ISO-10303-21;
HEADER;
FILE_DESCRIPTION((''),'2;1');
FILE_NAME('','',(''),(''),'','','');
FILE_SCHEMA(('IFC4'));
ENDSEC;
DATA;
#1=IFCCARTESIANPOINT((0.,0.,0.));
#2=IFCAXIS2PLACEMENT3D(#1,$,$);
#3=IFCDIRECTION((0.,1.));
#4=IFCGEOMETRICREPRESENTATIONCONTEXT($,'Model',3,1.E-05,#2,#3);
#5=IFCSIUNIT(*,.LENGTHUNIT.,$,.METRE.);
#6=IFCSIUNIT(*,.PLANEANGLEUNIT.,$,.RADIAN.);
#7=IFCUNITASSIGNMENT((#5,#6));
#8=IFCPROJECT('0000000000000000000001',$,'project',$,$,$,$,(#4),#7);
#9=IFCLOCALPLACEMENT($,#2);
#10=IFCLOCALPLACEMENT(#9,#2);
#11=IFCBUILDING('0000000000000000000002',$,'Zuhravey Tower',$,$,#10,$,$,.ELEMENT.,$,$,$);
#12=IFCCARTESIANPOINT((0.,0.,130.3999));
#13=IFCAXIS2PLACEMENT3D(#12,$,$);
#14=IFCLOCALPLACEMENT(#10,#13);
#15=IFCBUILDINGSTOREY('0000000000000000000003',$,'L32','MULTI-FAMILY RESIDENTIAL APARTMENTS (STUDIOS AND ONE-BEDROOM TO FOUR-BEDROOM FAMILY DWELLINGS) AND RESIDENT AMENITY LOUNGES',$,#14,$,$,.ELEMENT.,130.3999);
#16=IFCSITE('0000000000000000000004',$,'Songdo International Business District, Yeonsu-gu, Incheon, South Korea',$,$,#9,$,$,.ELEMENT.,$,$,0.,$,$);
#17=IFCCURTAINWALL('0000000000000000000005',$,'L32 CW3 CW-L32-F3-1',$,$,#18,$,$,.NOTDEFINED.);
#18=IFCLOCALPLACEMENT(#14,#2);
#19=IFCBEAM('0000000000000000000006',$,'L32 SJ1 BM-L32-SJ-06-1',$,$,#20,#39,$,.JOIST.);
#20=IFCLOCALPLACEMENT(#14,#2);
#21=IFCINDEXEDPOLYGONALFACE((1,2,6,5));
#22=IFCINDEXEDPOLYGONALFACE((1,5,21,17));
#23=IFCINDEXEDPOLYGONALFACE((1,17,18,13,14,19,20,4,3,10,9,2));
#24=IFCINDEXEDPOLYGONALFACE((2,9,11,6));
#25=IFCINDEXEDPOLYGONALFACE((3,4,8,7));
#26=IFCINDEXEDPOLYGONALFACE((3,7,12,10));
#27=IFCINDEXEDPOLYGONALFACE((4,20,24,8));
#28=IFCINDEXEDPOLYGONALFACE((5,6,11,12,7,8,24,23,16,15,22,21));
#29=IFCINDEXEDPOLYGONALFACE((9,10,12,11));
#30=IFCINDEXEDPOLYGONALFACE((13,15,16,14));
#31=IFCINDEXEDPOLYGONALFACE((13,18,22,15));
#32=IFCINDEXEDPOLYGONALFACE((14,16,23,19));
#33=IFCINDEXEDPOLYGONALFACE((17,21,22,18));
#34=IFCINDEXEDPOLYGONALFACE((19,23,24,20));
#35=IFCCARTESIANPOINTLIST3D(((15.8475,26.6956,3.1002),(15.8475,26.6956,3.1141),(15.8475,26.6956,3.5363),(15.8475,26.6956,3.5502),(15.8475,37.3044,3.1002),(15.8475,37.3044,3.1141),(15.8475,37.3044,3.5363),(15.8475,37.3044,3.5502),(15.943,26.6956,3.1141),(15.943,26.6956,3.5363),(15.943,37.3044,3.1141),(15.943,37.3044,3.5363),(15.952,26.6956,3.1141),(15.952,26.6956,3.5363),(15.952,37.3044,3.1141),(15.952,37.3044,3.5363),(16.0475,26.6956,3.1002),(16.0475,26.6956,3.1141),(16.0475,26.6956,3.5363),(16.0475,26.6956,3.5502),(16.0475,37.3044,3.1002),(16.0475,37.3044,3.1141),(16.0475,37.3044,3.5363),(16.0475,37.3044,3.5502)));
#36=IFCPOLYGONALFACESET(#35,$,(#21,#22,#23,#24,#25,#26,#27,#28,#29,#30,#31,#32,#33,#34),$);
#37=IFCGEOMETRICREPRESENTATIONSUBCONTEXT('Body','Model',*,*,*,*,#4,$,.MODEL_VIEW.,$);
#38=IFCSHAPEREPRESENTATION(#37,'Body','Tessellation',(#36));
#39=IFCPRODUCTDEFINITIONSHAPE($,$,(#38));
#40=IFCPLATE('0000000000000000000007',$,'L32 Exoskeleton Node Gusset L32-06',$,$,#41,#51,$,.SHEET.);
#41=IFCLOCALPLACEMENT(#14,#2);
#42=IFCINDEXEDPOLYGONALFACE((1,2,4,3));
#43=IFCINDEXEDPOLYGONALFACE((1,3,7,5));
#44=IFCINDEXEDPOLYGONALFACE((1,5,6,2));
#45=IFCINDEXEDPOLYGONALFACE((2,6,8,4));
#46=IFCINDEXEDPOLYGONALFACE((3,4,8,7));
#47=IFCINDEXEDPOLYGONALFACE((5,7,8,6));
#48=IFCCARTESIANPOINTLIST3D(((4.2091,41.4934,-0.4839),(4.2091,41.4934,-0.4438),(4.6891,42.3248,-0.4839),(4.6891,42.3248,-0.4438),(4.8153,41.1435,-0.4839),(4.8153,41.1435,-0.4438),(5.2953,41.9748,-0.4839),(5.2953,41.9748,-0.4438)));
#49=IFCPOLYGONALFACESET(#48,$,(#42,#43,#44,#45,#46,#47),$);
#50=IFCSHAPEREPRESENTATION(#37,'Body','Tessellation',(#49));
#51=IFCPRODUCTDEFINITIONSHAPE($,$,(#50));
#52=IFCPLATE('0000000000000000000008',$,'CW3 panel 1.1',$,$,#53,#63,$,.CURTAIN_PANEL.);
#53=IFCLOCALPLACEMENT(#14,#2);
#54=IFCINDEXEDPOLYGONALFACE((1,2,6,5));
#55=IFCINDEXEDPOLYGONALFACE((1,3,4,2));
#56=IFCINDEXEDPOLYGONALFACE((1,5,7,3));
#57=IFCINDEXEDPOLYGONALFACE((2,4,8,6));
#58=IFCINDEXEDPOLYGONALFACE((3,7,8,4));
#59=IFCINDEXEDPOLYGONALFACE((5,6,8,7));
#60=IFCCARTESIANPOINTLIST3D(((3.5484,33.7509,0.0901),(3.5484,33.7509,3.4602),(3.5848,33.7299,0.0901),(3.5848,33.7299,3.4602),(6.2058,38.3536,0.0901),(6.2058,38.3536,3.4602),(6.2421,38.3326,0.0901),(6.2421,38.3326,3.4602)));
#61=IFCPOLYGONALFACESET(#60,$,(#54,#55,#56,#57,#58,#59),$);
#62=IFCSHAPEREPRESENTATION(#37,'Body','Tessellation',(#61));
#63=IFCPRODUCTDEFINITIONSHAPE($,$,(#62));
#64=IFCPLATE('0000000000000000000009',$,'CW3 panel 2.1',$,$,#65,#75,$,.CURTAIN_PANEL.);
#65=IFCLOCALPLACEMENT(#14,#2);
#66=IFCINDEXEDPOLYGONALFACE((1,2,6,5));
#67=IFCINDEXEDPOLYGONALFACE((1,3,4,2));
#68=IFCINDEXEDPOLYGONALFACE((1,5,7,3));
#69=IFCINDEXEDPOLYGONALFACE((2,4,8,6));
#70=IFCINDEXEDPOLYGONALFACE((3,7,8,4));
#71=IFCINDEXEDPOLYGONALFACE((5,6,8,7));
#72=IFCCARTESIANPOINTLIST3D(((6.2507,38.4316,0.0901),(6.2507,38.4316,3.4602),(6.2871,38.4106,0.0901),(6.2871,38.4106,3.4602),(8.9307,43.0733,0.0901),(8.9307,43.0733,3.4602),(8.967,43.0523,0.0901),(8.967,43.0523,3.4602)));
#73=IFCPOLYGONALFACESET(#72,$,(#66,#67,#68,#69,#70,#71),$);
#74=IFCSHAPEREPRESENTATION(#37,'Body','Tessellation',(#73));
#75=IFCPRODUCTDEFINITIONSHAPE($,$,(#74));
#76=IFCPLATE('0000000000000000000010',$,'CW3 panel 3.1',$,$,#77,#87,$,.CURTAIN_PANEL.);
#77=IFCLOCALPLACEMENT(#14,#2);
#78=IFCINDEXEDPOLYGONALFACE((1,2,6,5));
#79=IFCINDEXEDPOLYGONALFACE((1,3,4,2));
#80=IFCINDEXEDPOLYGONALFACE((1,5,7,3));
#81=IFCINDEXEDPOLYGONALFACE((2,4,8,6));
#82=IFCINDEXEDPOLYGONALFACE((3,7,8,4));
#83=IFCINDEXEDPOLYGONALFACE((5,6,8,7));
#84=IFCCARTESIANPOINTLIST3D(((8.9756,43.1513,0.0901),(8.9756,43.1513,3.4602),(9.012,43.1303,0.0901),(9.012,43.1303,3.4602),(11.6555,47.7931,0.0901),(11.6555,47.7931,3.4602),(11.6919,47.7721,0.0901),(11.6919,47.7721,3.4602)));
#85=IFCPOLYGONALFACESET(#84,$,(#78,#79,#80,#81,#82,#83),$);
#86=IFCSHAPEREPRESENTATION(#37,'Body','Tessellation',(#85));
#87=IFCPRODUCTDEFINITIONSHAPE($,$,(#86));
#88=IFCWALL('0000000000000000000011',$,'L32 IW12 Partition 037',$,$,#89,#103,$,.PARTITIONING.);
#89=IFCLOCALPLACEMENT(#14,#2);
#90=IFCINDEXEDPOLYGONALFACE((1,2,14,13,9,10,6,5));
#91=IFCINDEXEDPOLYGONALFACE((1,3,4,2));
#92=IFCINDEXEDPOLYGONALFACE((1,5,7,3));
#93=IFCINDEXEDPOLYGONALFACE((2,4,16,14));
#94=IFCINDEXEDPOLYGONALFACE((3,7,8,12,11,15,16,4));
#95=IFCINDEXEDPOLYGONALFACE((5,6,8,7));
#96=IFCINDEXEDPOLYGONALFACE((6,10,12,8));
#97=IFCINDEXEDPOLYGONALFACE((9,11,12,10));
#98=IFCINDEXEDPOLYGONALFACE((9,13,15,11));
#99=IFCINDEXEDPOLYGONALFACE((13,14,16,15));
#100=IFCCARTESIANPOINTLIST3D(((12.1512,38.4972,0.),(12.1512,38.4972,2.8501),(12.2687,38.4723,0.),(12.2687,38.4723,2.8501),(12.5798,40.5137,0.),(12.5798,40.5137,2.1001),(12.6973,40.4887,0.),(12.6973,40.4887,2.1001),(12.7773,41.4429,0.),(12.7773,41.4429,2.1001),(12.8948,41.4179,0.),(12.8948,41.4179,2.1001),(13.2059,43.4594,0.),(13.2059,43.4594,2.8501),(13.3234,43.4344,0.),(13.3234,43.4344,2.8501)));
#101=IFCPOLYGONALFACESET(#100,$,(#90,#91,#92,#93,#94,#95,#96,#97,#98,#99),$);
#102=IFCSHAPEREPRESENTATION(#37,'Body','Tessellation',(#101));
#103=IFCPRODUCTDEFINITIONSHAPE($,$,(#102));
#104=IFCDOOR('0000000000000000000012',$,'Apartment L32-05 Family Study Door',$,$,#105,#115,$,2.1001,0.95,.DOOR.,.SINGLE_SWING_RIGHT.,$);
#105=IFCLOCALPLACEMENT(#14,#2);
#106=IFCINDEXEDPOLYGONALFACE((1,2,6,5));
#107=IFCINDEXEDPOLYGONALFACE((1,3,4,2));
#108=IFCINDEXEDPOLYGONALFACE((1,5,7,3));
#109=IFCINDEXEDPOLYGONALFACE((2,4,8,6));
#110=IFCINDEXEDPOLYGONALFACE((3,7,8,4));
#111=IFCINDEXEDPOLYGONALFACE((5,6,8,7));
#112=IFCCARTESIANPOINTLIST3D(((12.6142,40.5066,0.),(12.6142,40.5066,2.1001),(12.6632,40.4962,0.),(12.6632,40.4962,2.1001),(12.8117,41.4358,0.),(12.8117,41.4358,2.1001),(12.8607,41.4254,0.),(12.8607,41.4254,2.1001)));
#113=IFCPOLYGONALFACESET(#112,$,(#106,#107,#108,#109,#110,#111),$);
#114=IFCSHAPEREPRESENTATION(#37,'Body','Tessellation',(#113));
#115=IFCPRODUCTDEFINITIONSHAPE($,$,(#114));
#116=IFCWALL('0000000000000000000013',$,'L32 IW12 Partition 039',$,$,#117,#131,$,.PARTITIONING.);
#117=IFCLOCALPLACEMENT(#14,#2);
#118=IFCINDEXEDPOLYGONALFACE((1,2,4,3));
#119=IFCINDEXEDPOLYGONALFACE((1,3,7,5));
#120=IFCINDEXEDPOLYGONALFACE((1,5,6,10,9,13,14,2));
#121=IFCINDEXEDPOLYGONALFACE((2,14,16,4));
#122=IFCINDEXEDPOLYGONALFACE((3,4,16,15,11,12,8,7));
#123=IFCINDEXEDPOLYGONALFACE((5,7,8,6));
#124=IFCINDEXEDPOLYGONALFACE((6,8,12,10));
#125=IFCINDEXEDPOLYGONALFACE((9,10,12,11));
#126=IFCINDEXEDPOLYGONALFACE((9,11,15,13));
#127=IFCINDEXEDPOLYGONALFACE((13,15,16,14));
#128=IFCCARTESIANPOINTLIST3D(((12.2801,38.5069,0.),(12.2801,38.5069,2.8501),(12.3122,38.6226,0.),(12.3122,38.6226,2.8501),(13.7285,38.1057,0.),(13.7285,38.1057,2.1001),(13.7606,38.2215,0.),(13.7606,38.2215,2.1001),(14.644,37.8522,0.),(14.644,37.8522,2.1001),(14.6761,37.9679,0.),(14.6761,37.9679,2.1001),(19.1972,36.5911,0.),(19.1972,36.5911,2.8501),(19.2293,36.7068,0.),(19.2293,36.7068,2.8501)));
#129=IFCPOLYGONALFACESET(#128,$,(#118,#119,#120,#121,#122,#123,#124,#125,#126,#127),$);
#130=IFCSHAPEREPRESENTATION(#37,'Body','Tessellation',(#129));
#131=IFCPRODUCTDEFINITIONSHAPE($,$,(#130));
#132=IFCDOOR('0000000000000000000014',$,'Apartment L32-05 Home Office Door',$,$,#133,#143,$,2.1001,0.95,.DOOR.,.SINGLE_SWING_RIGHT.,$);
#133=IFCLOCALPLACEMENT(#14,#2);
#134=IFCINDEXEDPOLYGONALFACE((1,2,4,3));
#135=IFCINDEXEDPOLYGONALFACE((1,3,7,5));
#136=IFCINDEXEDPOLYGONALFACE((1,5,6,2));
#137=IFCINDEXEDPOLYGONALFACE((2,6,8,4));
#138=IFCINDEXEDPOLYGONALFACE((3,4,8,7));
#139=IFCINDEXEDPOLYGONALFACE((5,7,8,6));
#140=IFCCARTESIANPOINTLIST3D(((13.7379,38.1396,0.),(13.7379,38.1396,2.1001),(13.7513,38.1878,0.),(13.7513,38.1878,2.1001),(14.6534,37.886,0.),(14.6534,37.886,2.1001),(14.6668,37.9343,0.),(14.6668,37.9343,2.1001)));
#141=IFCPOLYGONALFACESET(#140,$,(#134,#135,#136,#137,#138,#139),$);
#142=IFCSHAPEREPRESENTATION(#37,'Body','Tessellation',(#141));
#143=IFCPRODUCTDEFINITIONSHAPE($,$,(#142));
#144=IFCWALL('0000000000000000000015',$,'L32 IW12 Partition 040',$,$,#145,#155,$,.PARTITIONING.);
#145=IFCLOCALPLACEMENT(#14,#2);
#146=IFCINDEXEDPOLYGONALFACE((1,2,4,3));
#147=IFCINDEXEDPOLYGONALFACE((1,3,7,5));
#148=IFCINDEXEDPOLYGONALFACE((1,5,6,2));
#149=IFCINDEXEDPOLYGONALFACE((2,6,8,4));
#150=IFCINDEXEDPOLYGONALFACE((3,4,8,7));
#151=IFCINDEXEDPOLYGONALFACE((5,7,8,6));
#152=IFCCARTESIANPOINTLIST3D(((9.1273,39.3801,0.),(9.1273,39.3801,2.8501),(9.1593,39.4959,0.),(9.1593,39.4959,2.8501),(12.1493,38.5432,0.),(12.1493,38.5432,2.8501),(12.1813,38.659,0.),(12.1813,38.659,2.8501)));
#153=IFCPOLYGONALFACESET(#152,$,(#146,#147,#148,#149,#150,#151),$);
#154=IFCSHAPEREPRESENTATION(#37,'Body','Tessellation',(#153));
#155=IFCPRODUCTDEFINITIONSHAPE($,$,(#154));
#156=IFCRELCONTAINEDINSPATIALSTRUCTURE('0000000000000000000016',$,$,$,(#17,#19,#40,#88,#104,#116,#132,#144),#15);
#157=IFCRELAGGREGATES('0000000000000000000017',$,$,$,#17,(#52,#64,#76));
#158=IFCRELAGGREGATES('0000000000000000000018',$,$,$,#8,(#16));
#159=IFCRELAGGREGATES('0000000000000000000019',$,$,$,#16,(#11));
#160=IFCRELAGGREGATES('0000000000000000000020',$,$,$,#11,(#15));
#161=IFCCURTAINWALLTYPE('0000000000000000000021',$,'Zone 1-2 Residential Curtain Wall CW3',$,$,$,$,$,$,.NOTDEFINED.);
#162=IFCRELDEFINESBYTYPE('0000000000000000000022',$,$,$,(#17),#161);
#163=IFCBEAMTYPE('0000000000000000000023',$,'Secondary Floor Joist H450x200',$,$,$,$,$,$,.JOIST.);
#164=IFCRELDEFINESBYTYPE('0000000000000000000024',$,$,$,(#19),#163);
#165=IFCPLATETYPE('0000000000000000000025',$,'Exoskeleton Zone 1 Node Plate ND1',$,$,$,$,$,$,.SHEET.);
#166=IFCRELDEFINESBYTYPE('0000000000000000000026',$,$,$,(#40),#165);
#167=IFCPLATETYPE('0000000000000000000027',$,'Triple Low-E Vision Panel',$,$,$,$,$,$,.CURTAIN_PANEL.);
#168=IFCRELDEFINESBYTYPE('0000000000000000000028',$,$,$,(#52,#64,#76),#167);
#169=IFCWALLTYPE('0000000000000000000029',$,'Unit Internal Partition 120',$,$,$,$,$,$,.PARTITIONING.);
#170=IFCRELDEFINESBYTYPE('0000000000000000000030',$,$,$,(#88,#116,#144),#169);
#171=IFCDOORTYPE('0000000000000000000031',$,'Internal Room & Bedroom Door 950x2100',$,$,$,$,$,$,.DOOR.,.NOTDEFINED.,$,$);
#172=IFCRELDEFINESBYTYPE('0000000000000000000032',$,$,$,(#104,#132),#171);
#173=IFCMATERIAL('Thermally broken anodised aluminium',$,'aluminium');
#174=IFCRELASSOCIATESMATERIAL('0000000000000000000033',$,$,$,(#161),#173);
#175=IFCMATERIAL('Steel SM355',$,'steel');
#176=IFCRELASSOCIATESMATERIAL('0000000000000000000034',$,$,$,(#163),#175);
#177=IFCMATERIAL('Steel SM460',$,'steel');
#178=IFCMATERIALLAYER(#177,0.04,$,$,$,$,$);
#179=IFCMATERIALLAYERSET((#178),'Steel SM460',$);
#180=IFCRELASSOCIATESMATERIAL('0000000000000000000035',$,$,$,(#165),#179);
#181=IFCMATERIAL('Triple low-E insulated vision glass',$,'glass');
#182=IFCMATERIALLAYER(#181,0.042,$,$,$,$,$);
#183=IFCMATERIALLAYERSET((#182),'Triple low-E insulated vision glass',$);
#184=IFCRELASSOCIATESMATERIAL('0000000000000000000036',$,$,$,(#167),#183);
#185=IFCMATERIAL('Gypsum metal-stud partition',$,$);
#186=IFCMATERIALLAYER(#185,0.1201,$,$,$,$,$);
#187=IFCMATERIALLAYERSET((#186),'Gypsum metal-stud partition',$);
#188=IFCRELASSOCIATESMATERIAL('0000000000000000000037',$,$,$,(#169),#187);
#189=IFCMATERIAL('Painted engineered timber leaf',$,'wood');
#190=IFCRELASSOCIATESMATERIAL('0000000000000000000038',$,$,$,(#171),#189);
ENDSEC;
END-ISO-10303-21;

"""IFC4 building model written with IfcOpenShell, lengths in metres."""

from ifc_helpers import new_model, si_unit, direction, frame, frame_2d, origin, origin_2d, place, context, subcontext, project, spatial, rectangle, i_section, extrude, material, layer, layer_set, material_profile, profile_set, type_object, element, fill, aggregate, save


model = new_model("IFC4")

# Units and contexts
model_context = context("Model", 3, precision=1e-05, world=origin(), true_north=direction((0.0, 1.0)))
body_context = subcontext(model_context, "Body", "Model", "MODEL_VIEW")
ifc_project = project(units=[si_unit("LENGTHUNIT", "METRE"), si_unit("PLANEANGLEUNIT", "RADIAN")], contexts=[model_context])

# Site, building, storey
site_placement = place(None, origin())
site = spatial("IfcSite", under=ifc_project, at=site_placement, Name="Songdo International Business District, Yeonsu-gu, Incheon, South Korea", CompositionType="ELEMENT", RefElevation=0.0)
building_placement = place(site_placement, origin())
building = spatial("IfcBuilding", under=site, at=building_placement, Name="Zuhravey Tower", CompositionType="ELEMENT")
storey_placement = place(building_placement, frame((0.0, 0.0, 130.3999)))
storey = spatial("IfcBuildingStorey", under=building, at=storey_placement, Name="L32", Description="MULTI-FAMILY RESIDENTIAL APARTMENTS (STUDIOS AND ONE-BEDROOM TO FOUR-BEDROOM FAMILY DWELLINGS) AND RESIDENT AMENITY LOUNGES", CompositionType="ELEMENT", Elevation=130.3999)

# Curtain wall
ifc_material_1 = material(Name="Thermally broken anodised aluminium", Category="aluminium")
curtain_wall_type = type_object("IfcCurtainWallType", Name="Zone 1-2 Residential Curtain Wall CW3", PredefinedType="NOTDEFINED", material=ifc_material_1)
curtain_wall_placement = place(storey_placement, origin())
curtain_wall = element("IfcCurtainWall", 1, at=curtain_wall_placement, inside=storey, type_object=curtain_wall_type, Name="L32 CW3 CW-L32-F3-1", PredefinedType="NOTDEFINED")

# Shared definitions
ifc_material_2 = material(Name="Steel SM460", Category="steel")

# Beam
ifc_material_3 = material(Name="Steel SM355", Category="steel")
ifc_material_profile_1 = material_profile(ifc_material_3, i_section(OverallWidth=0.2, OverallDepth=0.45, WebThickness=0.009, FlangeThickness=0.0139, at=origin_2d()), Name="H-450x200x9x14")
ifc_profile_set_1 = profile_set([ifc_material_profile_1], Name="Steel SM355")
beam_type_1 = type_object("IfcBeamType", Name="Secondary Floor Joist H450x200", PredefinedType="JOIST", material=ifc_profile_set_1)
beam_1_placement = place(storey_placement, frame((15.9475, 37.3044, 3.3252), z_axis=(0.0, -1.0, 0.0), x_axis=(1.0, 0.0, 0.0)))
element("IfcBeam", 2, at=beam_1_placement, inside=storey, type_object=beam_type_1, Name="L32 SJ1 BM-L32-SJ-06-1", PredefinedType="JOIST", context=body_context, shape_type="SweptSolid", body=[
    extrude(i_section(OverallWidth=0.2, OverallDepth=0.45, WebThickness=0.009, FlangeThickness=0.0139, at=origin_2d()), origin(), (0.0, 0.0, 1.0), 10.6089),
])

# Plates
ifc_layer_1 = layer(ifc_material_2, 0.04)
ifc_layer_set_1 = layer_set([ifc_layer_1], Name="Steel SM460")
plate_type_1 = type_object("IfcPlateType", Name="Exoskeleton Zone 1 Node Plate ND1", PredefinedType="SHEET", material=ifc_layer_set_1)
plate_1_placement = place(storey_placement, frame((4.7522, 41.7341, -0.4839), z_axis=(0.0, 0.0, 1.0), x_axis=(-0.5, -0.866025, 0.0)))
element("IfcPlate", 3, at=plate_1_placement, inside=storey, type_object=plate_type_1, Name="L32 Exoskeleton Node Gusset L32-06", PredefinedType="SHEET", context=body_context, shape_type="SweptSolid", body=[
    extrude(rectangle(XDim=0.96, YDim=0.7, at=origin_2d()), origin(), (0.0, 0.0, 1.0), 0.04),
])
ifc_material_4 = material(Name="Triple low-E insulated vision glass", Category="glass")
ifc_layer_2 = layer(ifc_material_4, 0.042)
ifc_layer_set_2 = layer_set([ifc_layer_2], Name="Triple low-E insulated vision glass")
plate_type_2 = type_object("IfcPlateType", Name="Triple Low-E Vision Panel", PredefinedType="CURTAIN_PANEL", material=ifc_layer_set_2)
plate_2_placement = place(storey_placement, frame((4.8953, 36.0417, 0.0901), z_axis=(0.0, 0.0, 1.0), x_axis=(0.5, 0.866025, 0.0)))
plate_2 = element("IfcPlate", 4, at=plate_2_placement, type_object=plate_type_2, Name="CW3 panel 1.1", PredefinedType="CURTAIN_PANEL", context=body_context, shape_type="SweptSolid", body=[
    extrude(rectangle(XDim=5.3147, YDim=0.042, at=origin_2d()), origin(), (0.0, 0.0, 1.0), 3.3701),
])
plate_3_placement = place(storey_placement, frame((7.6089, 40.7419, 0.0901), z_axis=(0.0, 0.0, 1.0), x_axis=(0.5, 0.866025, 0.0)))
plate_3 = element("IfcPlate", 5, at=plate_3_placement, type_object=plate_type_2, Name="CW3 panel 2.1", PredefinedType="CURTAIN_PANEL", context=body_context, shape_type="SweptSolid", body=[
    extrude(rectangle(XDim=5.3599, YDim=0.042, at=origin_2d()), origin(), (0.0, 0.0, 1.0), 3.3701),
])
plate_4_placement = place(storey_placement, frame((10.3337, 45.4617, 0.0901), z_axis=(0.0, 0.0, 1.0), x_axis=(0.5, 0.866025, 0.0)))
plate_4 = element("IfcPlate", 6, at=plate_4_placement, type_object=plate_type_2, Name="CW3 panel 3.1", PredefinedType="CURTAIN_PANEL", context=body_context, shape_type="SweptSolid", body=[
    extrude(rectangle(XDim=5.3599, YDim=0.042, at=origin_2d()), origin(), (0.0, 0.0, 1.0), 3.3701),
])
aggregate(curtain_wall, [plate_2, plate_3, plate_4])

# Walls, openings, doors
ifc_material_5 = material(Name="Gypsum metal-stud partition")
ifc_layer_3 = layer(ifc_material_5, 0.1201)
ifc_layer_set_3 = layer_set([ifc_layer_3], Name="Gypsum metal-stud partition")
wall_type = type_object("IfcWallType", Name="Unit Internal Partition 120", PredefinedType="PARTITIONING", material=ifc_layer_set_3)
wall_1_placement = place(storey_placement, frame((13.2646, 43.447, 0.0), z_axis=(0.0, 0.0, 1.0), x_axis=(-0.207902, -0.97815, 0.0)))
wall_1 = element("IfcWall", 7, at=wall_1_placement, inside=storey, type_object=wall_type, Name="L32 IW12 Partition 037", PredefinedType="PARTITIONING", context=body_context, shape_type="SweptSolid", body=[
    extrude(rectangle(XDim=5.073, YDim=0.1201, at=frame_2d((2.5366, 0.0))), origin(), (0.0, 0.0, 1.0), 2.8501),
])
opening_1_placement = place(wall_1_placement, frame((2.0615, 0.0, 0.0)))
opening_1 = element("IfcOpeningElement", 8, at=opening_1_placement, cuts=wall_1, PredefinedType="OPENING", context=body_context, shape_type="SweptSolid", body=[
    extrude(rectangle(XDim=0.95, YDim=2.1001, at=frame_2d((0.4751, 1.05))), frame((0.0, 0.072, 0.0), z_axis=(0.0, -1.0, 0.0), x_axis=(1.0, 0.0, 0.0)), (0.0, 0.0, 1.0), 0.144),
])
ifc_material_6 = material(Name="Painted engineered timber leaf", Category="wood")
door_type = type_object("IfcDoorType", Name="Internal Room & Bedroom Door 950x2100", OperationType="NOTDEFINED", PredefinedType="DOOR", material=ifc_material_6)
door_1_placement = place(opening_1_placement, frame((0.95, 0.0, 0.0), z_axis=(0.0, 0.0, 1.0), x_axis=(-1.0, 0.0, 0.0)))
door_1 = element("IfcDoor", 9, at=door_1_placement, inside=storey, type_object=door_type, Name="Apartment L32-05 Family Study Door", OperationType="SINGLE_SWING_RIGHT", OverallHeight=2.1001, OverallWidth=0.95, PredefinedType="DOOR", context=body_context, shape_type="SweptSolid", body=[
    extrude(rectangle(XDim=0.95, YDim=2.1001, at=frame_2d((0.4751, 1.05))), frame((0.0, 0.0249, 0.0), z_axis=(0.0, -1.0, 0.0), x_axis=(1.0, 0.0, 0.0)), (0.0, 0.0, 1.0), 0.05),
])
fill(opening_1, door_1)
wall_2_placement = place(storey_placement, frame((19.2134, 36.6489, 0.0), z_axis=(0.0, 0.0, 1.0), x_axis=(-0.963719, 0.266917, 0.0)))
wall_2 = element("IfcWall", 10, at=wall_2_placement, inside=storey, type_object=wall_type, Name="L32 IW12 Partition 039", PredefinedType="PARTITIONING", context=body_context, shape_type="SweptSolid", body=[
    extrude(rectangle(XDim=7.1775, YDim=0.1201, at=frame_2d((3.5889, 0.0))), origin(), (0.0, 0.0, 1.0), 2.8501),
])
opening_2_placement = place(wall_2_placement, frame((4.7246, 0.0, 0.0)))
opening_2 = element("IfcOpeningElement", 11, at=opening_2_placement, cuts=wall_2, PredefinedType="OPENING", context=body_context, shape_type="SweptSolid", body=[
    extrude(rectangle(XDim=0.95, YDim=2.1001, at=frame_2d((0.4751, 1.05))), frame((0.0, 0.072, 0.0), z_axis=(0.0, -1.0, 0.0), x_axis=(1.0, 0.0, 0.0)), (0.0, 0.0, 1.0), 0.144),
])
door_2_placement = place(opening_2_placement, origin())
door_2 = element("IfcDoor", 12, at=door_2_placement, inside=storey, type_object=door_type, Name="Apartment L32-05 Home Office Door", OperationType="SINGLE_SWING_RIGHT", OverallHeight=2.1001, OverallWidth=0.95, PredefinedType="DOOR", context=body_context, shape_type="SweptSolid", body=[
    extrude(rectangle(XDim=0.95, YDim=2.1001, at=frame_2d((0.4751, 1.05))), frame((0.0, 0.0249, 0.0), z_axis=(0.0, -1.0, 0.0), x_axis=(1.0, 0.0, 0.0)), (0.0, 0.0, 1.0), 0.05),
])
fill(opening_2, door_2)

# Wall
wall_3_placement = place(storey_placement, frame((12.1653, 38.6011, 0.0), z_axis=(0.0, 0.0, 1.0), x_axis=(-0.963725, 0.266897, 0.0)))
element("IfcWall", 13, at=wall_3_placement, inside=storey, type_object=wall_type, Name="L32 IW12 Partition 040", PredefinedType="PARTITIONING", context=body_context, shape_type="SweptSolid", body=[
    extrude(rectangle(XDim=3.1357, YDim=0.1201, at=frame_2d((1.5679, 0.0))), origin(), (0.0, 0.0, 1.0), 2.8501),
])

save(model, "model.ifc")
